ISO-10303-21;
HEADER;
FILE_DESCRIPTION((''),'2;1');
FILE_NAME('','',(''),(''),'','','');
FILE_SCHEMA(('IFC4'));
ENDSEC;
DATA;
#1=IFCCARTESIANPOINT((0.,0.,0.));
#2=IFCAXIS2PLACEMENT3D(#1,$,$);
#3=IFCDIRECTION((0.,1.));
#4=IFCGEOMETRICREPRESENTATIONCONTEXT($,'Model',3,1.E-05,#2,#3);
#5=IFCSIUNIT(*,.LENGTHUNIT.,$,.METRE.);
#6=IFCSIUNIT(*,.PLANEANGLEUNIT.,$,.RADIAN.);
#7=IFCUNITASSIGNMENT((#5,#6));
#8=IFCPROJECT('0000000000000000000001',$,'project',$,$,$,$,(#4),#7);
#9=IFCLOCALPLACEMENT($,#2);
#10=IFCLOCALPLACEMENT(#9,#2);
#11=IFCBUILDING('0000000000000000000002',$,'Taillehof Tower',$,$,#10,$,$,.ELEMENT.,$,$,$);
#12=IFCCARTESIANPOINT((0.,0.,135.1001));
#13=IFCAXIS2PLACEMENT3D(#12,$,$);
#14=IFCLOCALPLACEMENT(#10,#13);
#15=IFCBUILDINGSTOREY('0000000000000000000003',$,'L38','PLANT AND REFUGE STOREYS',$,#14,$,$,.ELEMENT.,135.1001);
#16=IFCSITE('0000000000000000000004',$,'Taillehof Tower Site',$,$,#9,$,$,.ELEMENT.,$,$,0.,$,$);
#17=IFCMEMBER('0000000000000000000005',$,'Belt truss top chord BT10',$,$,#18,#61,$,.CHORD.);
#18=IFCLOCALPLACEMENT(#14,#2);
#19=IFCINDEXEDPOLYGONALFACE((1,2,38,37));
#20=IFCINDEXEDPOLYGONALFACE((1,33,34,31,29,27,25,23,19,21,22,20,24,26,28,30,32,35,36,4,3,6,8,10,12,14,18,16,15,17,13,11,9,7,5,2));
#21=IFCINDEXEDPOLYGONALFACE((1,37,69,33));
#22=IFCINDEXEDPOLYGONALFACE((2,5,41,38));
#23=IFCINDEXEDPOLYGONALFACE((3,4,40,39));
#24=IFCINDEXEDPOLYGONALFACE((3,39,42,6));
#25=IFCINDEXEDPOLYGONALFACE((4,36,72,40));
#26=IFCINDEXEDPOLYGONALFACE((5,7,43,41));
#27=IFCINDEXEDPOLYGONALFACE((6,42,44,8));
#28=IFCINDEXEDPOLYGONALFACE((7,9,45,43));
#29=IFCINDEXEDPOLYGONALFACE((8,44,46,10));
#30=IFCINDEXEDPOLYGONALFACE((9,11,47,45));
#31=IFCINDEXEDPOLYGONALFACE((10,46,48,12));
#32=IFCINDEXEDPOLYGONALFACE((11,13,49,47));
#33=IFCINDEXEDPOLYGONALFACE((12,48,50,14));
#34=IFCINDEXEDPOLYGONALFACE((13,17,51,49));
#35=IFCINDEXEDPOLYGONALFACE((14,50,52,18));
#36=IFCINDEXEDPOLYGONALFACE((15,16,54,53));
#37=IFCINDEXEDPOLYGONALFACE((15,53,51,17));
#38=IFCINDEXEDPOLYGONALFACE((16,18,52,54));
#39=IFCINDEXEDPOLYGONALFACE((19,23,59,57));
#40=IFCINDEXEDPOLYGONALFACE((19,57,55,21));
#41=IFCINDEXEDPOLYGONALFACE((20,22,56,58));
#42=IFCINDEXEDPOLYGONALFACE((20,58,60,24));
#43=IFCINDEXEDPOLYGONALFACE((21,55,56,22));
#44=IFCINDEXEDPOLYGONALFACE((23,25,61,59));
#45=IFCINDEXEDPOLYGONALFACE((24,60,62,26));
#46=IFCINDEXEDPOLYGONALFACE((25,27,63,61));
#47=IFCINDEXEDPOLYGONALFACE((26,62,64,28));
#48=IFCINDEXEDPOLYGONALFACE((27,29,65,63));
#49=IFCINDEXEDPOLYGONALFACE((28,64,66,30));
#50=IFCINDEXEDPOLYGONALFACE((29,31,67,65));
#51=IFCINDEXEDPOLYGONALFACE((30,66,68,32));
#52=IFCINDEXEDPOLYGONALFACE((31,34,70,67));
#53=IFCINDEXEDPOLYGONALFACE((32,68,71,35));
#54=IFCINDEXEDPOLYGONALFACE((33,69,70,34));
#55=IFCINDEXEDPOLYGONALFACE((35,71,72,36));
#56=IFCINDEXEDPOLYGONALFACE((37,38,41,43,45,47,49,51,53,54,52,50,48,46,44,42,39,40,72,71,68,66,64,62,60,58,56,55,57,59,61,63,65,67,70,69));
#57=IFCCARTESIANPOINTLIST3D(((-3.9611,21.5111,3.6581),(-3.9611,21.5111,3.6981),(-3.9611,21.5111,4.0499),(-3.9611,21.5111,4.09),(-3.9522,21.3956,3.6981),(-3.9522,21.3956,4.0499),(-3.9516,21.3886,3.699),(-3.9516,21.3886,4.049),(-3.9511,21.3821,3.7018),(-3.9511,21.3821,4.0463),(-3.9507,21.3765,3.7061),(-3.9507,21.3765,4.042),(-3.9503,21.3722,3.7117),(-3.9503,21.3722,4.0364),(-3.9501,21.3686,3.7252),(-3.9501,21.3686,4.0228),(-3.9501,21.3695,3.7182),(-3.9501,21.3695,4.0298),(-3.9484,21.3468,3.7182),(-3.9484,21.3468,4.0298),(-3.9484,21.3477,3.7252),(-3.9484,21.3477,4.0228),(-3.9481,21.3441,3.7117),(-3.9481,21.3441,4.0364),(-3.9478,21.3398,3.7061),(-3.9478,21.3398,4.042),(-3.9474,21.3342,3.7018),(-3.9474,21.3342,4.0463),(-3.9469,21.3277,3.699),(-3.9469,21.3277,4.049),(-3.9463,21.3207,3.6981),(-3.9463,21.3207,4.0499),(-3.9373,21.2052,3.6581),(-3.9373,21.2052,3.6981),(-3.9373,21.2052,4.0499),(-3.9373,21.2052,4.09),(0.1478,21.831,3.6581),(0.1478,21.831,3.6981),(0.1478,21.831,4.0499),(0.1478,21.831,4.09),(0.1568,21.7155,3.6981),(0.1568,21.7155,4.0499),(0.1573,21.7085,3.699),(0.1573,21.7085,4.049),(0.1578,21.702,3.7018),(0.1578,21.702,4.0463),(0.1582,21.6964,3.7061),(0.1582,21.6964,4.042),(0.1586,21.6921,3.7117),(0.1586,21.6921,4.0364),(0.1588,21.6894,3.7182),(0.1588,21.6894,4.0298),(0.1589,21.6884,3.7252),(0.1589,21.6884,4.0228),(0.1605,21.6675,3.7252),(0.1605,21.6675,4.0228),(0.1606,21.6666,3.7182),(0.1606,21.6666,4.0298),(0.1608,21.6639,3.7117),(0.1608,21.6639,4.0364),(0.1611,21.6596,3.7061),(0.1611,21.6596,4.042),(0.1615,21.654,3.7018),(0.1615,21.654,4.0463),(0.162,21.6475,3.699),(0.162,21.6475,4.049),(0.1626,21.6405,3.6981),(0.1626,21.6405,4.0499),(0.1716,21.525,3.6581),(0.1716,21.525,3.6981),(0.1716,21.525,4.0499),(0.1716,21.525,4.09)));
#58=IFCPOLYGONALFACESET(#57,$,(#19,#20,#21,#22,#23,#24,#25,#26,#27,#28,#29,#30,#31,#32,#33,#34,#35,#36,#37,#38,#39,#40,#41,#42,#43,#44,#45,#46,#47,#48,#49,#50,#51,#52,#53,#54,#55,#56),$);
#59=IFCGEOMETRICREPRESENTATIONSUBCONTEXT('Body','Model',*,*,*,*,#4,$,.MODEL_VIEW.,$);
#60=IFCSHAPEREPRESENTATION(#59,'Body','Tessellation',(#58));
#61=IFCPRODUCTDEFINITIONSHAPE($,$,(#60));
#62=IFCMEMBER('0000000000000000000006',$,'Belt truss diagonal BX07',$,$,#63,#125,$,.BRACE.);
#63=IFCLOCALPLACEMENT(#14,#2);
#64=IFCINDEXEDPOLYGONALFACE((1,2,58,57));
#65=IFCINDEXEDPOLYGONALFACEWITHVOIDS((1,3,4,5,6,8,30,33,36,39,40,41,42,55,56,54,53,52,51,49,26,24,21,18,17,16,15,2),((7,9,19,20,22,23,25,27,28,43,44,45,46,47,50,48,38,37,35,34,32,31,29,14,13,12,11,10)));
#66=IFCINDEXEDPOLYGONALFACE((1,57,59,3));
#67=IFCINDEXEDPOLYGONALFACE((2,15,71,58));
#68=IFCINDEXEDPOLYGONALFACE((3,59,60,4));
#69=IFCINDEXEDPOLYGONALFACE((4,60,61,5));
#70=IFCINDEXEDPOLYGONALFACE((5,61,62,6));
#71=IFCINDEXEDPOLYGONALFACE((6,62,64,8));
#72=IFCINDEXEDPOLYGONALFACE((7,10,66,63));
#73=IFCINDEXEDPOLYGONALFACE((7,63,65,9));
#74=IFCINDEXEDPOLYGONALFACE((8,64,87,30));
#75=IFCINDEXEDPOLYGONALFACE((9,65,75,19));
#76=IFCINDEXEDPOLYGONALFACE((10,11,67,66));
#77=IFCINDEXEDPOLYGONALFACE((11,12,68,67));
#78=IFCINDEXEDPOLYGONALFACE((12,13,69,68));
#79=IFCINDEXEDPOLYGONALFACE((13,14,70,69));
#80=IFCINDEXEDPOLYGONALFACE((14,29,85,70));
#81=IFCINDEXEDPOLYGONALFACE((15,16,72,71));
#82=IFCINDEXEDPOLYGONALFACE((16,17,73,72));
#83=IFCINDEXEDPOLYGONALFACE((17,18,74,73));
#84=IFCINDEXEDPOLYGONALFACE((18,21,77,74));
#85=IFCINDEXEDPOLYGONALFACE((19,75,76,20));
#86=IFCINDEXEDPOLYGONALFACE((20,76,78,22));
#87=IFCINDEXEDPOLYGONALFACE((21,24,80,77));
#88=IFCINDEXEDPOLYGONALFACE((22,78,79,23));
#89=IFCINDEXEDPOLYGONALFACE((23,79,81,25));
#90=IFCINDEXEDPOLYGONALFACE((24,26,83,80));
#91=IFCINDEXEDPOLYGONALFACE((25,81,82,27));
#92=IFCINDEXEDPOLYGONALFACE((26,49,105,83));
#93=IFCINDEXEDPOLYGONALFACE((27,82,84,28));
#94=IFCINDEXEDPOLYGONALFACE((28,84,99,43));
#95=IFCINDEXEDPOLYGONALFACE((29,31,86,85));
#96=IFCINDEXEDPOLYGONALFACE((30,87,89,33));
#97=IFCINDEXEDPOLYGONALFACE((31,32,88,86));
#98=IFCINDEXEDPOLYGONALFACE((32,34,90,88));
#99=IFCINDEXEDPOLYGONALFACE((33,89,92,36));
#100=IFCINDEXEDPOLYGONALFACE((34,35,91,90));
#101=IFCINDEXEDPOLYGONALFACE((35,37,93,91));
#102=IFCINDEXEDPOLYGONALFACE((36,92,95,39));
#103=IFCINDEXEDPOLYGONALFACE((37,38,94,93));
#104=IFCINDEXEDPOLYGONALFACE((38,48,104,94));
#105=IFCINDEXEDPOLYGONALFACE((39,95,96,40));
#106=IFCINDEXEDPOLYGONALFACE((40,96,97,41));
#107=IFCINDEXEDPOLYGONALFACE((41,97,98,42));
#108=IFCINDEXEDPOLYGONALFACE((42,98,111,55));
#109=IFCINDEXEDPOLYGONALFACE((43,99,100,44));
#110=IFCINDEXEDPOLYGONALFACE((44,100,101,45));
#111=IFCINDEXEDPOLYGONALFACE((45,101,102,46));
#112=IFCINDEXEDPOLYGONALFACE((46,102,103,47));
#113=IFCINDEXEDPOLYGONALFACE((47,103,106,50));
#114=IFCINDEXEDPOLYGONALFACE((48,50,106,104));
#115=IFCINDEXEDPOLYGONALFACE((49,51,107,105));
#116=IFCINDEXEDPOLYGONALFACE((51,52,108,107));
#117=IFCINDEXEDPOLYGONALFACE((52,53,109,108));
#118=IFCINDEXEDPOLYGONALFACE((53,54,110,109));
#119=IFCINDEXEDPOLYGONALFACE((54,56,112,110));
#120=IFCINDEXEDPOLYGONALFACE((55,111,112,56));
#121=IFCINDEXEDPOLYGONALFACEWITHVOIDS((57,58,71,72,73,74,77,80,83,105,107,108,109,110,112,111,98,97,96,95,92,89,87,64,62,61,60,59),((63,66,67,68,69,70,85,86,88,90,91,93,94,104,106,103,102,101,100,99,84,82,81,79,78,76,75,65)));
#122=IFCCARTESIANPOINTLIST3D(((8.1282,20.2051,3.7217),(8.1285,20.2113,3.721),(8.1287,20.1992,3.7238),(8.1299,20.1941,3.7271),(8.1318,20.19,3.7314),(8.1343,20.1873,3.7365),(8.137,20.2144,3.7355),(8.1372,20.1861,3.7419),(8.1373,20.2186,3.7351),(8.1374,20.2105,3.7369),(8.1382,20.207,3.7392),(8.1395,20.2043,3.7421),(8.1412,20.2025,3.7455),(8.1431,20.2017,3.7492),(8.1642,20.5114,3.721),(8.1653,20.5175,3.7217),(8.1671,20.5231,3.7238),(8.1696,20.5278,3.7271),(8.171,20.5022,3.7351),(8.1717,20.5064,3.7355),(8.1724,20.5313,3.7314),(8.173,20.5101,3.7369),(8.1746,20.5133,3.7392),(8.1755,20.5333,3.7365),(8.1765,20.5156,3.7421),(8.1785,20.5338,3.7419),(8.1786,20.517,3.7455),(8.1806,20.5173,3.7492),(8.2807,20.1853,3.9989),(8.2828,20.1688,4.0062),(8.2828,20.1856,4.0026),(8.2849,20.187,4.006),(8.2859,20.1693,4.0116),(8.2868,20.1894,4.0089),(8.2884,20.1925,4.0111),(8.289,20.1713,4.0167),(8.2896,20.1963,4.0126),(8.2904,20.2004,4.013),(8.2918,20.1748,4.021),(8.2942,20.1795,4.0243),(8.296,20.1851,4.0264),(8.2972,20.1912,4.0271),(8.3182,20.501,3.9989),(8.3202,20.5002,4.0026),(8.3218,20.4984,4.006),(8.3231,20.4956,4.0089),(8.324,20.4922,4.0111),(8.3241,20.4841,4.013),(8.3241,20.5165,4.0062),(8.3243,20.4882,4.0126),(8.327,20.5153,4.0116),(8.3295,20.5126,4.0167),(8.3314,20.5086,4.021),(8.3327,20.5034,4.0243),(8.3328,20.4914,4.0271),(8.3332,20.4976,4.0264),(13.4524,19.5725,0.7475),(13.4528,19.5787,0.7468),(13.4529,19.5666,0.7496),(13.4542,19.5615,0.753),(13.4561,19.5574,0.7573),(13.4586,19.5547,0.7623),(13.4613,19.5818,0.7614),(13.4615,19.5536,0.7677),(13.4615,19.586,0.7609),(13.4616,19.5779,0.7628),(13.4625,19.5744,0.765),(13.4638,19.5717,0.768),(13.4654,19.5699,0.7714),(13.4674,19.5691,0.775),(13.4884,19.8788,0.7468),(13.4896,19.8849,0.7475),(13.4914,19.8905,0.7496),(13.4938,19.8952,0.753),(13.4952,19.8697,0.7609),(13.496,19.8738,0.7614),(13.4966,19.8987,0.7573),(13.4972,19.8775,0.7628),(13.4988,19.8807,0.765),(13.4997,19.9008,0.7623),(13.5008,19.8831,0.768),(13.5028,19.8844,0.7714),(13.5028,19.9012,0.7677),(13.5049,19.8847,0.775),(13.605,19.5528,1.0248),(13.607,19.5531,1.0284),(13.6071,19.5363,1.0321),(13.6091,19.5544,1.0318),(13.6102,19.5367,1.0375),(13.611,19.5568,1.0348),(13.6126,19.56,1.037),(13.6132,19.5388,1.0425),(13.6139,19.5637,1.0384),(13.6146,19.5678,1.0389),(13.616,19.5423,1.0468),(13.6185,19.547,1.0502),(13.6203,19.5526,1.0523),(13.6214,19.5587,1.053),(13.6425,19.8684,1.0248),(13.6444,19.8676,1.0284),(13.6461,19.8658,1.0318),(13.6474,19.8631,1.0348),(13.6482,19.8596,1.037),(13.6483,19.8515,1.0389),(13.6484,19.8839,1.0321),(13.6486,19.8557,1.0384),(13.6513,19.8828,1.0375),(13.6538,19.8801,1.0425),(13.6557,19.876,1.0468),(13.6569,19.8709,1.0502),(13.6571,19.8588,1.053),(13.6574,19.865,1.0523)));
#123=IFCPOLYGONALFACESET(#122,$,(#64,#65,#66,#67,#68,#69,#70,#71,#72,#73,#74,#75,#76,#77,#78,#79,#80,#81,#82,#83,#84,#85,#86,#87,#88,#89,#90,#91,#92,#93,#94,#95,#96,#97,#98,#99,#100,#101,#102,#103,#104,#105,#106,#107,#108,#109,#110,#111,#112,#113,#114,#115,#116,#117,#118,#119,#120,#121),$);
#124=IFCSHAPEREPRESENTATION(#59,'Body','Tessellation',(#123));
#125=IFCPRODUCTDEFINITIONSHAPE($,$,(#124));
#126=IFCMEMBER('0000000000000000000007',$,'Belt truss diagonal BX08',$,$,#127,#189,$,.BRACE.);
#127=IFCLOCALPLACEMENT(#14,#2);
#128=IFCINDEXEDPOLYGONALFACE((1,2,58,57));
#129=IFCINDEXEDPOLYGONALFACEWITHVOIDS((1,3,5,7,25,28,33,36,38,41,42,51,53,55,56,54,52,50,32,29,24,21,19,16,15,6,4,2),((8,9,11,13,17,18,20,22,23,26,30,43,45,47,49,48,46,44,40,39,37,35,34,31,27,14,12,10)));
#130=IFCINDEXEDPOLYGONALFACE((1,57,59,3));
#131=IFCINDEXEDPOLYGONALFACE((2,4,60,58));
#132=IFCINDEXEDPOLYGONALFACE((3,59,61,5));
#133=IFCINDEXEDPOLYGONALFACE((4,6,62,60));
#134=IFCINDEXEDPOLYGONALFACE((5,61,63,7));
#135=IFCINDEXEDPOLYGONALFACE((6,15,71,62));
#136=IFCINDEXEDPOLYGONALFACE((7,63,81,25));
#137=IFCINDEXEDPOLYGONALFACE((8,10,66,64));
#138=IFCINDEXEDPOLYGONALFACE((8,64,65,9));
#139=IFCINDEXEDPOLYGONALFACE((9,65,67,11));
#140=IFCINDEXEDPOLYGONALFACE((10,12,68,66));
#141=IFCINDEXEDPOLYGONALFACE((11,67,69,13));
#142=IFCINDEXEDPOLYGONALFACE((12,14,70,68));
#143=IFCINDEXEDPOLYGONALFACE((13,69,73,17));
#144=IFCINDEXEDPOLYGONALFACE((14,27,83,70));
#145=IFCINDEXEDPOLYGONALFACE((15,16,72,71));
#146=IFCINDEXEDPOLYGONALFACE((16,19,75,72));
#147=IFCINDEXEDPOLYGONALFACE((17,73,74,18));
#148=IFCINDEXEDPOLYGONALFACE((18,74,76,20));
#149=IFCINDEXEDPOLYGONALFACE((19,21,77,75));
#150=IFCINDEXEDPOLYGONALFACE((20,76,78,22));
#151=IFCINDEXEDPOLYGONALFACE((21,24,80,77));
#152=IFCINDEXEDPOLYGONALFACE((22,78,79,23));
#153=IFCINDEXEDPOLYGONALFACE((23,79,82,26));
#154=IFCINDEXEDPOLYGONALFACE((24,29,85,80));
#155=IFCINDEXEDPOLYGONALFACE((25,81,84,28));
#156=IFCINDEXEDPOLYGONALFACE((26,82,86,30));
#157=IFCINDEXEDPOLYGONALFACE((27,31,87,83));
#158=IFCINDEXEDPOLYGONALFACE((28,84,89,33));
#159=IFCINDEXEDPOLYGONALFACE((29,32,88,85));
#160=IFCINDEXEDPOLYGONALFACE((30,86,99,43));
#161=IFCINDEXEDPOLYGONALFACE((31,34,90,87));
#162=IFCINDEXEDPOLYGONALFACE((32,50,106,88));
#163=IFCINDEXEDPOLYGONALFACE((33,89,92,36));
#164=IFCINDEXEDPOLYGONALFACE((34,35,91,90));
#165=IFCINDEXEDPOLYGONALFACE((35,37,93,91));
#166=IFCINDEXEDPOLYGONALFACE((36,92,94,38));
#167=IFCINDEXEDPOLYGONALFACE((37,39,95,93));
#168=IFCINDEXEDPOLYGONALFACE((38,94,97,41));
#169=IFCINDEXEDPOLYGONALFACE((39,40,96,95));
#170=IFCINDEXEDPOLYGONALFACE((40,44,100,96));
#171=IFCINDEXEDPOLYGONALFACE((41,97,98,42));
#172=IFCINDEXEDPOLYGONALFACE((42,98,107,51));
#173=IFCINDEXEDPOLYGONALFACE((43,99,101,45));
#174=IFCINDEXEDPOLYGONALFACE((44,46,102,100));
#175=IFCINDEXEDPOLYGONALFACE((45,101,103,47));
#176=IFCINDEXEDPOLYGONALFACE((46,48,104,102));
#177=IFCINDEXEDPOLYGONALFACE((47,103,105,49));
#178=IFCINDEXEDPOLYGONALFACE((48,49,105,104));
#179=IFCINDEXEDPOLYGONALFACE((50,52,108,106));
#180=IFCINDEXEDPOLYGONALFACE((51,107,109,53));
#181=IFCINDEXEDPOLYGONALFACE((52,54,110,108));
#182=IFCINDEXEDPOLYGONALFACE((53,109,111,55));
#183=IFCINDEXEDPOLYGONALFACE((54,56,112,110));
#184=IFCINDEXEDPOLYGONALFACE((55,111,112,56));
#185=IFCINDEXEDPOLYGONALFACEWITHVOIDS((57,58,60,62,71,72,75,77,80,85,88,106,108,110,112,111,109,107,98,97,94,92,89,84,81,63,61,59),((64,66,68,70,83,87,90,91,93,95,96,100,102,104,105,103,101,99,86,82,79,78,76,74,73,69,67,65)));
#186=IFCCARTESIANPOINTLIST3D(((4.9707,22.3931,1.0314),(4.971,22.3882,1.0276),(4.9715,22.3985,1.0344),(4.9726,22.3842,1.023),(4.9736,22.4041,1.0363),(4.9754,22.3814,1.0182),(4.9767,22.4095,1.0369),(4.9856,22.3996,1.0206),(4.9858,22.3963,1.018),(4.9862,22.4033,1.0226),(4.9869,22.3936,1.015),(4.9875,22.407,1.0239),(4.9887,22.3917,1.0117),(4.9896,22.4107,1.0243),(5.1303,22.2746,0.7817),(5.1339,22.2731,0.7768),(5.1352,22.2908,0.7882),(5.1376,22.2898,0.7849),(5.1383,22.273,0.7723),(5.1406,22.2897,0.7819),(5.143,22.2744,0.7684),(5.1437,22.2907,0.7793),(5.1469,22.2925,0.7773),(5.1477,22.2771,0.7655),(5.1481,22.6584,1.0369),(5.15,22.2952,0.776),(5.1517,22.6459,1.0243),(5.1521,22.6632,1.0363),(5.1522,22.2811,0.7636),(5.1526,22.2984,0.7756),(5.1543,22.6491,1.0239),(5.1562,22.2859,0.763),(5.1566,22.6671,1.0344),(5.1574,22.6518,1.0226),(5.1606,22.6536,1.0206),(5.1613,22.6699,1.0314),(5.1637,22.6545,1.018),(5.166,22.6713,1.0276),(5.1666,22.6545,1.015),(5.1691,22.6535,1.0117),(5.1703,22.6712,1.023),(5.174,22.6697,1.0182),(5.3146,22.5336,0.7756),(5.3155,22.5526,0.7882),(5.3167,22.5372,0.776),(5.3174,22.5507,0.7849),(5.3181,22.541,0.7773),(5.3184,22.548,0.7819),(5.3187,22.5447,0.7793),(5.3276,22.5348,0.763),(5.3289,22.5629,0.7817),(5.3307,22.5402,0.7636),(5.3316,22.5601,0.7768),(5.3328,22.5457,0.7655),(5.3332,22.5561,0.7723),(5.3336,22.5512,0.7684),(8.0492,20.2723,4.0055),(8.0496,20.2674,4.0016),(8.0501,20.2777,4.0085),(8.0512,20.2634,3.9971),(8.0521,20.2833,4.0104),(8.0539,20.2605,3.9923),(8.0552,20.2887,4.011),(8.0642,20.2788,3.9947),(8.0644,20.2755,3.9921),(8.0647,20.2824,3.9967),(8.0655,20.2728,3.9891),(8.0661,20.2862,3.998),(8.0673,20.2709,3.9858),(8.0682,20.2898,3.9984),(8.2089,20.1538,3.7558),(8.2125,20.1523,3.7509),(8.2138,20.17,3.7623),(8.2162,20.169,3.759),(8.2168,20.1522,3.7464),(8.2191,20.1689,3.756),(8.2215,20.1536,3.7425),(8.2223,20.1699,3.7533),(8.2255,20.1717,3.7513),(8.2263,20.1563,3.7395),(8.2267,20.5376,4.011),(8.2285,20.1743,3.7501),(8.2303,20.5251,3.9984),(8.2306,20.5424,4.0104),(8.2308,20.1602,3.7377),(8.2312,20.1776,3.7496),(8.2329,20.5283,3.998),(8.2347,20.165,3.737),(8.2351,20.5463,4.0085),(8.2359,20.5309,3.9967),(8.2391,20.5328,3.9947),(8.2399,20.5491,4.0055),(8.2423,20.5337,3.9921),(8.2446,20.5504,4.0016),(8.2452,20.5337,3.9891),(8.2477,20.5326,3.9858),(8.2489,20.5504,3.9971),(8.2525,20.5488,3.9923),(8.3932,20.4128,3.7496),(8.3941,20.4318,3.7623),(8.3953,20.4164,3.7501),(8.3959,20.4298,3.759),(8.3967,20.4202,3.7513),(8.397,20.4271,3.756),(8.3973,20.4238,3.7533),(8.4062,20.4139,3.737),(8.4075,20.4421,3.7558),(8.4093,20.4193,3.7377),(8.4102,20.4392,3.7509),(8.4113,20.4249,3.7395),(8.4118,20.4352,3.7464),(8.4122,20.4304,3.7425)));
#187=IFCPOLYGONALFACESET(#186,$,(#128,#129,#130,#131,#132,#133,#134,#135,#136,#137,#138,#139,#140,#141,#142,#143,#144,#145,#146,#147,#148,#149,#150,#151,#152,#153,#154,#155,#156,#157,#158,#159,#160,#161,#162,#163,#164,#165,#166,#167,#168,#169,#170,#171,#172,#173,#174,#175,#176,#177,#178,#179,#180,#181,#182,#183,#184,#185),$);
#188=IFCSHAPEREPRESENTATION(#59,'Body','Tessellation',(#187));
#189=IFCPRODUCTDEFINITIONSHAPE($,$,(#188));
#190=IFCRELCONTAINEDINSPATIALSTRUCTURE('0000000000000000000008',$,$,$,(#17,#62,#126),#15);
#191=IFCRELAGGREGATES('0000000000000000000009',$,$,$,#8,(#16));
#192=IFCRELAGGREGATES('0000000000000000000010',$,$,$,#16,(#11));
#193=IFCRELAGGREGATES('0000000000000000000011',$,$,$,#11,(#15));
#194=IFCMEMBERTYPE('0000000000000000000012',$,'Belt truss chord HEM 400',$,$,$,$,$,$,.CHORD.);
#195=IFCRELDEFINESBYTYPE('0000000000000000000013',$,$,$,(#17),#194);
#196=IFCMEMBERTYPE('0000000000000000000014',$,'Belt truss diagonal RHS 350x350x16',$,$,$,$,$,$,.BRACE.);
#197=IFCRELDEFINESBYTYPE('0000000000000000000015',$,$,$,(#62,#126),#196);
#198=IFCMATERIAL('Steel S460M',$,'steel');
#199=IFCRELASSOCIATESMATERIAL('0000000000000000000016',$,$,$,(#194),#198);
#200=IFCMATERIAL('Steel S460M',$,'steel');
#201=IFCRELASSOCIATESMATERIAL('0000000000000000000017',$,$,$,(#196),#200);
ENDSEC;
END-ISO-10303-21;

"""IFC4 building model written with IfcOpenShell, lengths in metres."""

from ifc_helpers import new_model, si_unit, direction, frame, origin, origin_2d, place, context, subcontext, project, spatial, hollow_rectangle, i_section, extrude, material, material_profile, profile_set, type_object, element, save


model = new_model("IFC4")

# Units and contexts
model_context = context("Model", 3, precision=1e-05, world=origin(), true_north=direction((0.0, 1.0)))
body_context = subcontext(model_context, "Body", "Model", "MODEL_VIEW")
ifc_project = project(units=[si_unit("LENGTHUNIT", "METRE"), si_unit("PLANEANGLEUNIT", "RADIAN")], contexts=[model_context])

# Site, building, storey
site_placement = place(None, origin())
site = spatial("IfcSite", under=ifc_project, at=site_placement, Name="Taillehof Tower Site", CompositionType="ELEMENT", RefElevation=0.0)
building_placement = place(site_placement, origin())
building = spatial("IfcBuilding", under=site, at=building_placement, Name="Taillehof Tower", CompositionType="ELEMENT")
storey_placement = place(building_placement, frame((0.0, 0.0, 135.1001)))
storey = spatial("IfcBuildingStorey", under=building, at=storey_placement, Name="L38", Description="PLANT AND REFUGE STOREYS", CompositionType="ELEMENT", Elevation=135.1001)

# Members
ifc_material_1 = material(Name="Steel S460M", Category="steel")
ifc_material_profile_1 = material_profile(ifc_material_1, i_section(OverallWidth=0.3069, OverallDepth=0.4319, WebThickness=0.021, FlangeThickness=0.04, FilletRadius=0.0271, at=origin_2d()), Name="HEM 400")
ifc_profile_set_1 = profile_set([ifc_material_profile_1], Name="Steel S460M")
member_type_1 = type_object("IfcMemberType", Name="Belt truss chord HEM 400", PredefinedType="CHORD", material=ifc_profile_set_1)
member_1_placement = place(storey_placement, frame((0.1597, 21.678, 3.874), z_axis=(-0.996984, -0.077602, 0.0), x_axis=(0.077602, -0.996984, 0.0)))
element("IfcMember", 1, at=member_1_placement, inside=storey, type_object=member_type_1, Name="Belt truss top chord BT10", PredefinedType="CHORD", context=body_context, shape_type="SweptSolid", body=[
    extrude(i_section(OverallWidth=0.3069, OverallDepth=0.4319, WebThickness=0.021, FlangeThickness=0.04, FilletRadius=0.0271, at=origin_2d()), origin(), (0.0, 0.0, 1.0), 4.1213),
])
ifc_material_2 = material(Name="Steel S460M", Category="steel")
ifc_material_profile_2 = material_profile(ifc_material_2, hollow_rectangle(XDim=0.3501, YDim=0.3501, WallThickness=0.0161, InnerFilletRadius=0.0161, OuterFilletRadius=0.0239, at=origin_2d()), Name="RHS 350x350x16")
ifc_profile_set_2 = profile_set([ifc_material_profile_2], Name="Steel S460M")
member_type_2 = type_object("IfcMemberType", Name="Belt truss diagonal RHS 350x350x16", PredefinedType="BRACE", material=ifc_profile_set_2)
member_2_placement = place(storey_placement, frame((13.5549, 19.7188, 0.8999), z_axis=(-0.868367, 0.10317, 0.485072), x_axis=(-0.11798, -0.993016, 0.0)))
element("IfcMember", 2, at=member_2_placement, inside=storey, type_object=member_type_2, Name="Belt truss diagonal BX07", PredefinedType="BRACE", context=body_context, shape_type="SweptSolid", body=[
    extrude(hollow_rectangle(XDim=0.3501, YDim=0.3501, WallThickness=0.0161, InnerFilletRadius=0.0161, OuterFilletRadius=0.0239, at=origin_2d()), origin(), (0.0, 0.0, 1.0), 6.1313),
])
member_3_placement = place(storey_placement, frame((8.2307, 20.3513, 3.874), z_axis=(-0.644444, 0.443956, -0.622571), x_axis=(-0.56731, -0.823504, 0.0)))
element("IfcMember", 3, at=member_3_placement, inside=storey, type_object=member_type_2, Name="Belt truss diagonal BX08", PredefinedType="BRACE", context=body_context, shape_type="SweptSolid", body=[
    extrude(hollow_rectangle(XDim=0.3501, YDim=0.3501, WallThickness=0.0161, InnerFilletRadius=0.0161, OuterFilletRadius=0.0239, at=origin_2d()), origin(), (0.0, 0.0, 1.0), 4.7771),
])

save(model, "model.ifc")
